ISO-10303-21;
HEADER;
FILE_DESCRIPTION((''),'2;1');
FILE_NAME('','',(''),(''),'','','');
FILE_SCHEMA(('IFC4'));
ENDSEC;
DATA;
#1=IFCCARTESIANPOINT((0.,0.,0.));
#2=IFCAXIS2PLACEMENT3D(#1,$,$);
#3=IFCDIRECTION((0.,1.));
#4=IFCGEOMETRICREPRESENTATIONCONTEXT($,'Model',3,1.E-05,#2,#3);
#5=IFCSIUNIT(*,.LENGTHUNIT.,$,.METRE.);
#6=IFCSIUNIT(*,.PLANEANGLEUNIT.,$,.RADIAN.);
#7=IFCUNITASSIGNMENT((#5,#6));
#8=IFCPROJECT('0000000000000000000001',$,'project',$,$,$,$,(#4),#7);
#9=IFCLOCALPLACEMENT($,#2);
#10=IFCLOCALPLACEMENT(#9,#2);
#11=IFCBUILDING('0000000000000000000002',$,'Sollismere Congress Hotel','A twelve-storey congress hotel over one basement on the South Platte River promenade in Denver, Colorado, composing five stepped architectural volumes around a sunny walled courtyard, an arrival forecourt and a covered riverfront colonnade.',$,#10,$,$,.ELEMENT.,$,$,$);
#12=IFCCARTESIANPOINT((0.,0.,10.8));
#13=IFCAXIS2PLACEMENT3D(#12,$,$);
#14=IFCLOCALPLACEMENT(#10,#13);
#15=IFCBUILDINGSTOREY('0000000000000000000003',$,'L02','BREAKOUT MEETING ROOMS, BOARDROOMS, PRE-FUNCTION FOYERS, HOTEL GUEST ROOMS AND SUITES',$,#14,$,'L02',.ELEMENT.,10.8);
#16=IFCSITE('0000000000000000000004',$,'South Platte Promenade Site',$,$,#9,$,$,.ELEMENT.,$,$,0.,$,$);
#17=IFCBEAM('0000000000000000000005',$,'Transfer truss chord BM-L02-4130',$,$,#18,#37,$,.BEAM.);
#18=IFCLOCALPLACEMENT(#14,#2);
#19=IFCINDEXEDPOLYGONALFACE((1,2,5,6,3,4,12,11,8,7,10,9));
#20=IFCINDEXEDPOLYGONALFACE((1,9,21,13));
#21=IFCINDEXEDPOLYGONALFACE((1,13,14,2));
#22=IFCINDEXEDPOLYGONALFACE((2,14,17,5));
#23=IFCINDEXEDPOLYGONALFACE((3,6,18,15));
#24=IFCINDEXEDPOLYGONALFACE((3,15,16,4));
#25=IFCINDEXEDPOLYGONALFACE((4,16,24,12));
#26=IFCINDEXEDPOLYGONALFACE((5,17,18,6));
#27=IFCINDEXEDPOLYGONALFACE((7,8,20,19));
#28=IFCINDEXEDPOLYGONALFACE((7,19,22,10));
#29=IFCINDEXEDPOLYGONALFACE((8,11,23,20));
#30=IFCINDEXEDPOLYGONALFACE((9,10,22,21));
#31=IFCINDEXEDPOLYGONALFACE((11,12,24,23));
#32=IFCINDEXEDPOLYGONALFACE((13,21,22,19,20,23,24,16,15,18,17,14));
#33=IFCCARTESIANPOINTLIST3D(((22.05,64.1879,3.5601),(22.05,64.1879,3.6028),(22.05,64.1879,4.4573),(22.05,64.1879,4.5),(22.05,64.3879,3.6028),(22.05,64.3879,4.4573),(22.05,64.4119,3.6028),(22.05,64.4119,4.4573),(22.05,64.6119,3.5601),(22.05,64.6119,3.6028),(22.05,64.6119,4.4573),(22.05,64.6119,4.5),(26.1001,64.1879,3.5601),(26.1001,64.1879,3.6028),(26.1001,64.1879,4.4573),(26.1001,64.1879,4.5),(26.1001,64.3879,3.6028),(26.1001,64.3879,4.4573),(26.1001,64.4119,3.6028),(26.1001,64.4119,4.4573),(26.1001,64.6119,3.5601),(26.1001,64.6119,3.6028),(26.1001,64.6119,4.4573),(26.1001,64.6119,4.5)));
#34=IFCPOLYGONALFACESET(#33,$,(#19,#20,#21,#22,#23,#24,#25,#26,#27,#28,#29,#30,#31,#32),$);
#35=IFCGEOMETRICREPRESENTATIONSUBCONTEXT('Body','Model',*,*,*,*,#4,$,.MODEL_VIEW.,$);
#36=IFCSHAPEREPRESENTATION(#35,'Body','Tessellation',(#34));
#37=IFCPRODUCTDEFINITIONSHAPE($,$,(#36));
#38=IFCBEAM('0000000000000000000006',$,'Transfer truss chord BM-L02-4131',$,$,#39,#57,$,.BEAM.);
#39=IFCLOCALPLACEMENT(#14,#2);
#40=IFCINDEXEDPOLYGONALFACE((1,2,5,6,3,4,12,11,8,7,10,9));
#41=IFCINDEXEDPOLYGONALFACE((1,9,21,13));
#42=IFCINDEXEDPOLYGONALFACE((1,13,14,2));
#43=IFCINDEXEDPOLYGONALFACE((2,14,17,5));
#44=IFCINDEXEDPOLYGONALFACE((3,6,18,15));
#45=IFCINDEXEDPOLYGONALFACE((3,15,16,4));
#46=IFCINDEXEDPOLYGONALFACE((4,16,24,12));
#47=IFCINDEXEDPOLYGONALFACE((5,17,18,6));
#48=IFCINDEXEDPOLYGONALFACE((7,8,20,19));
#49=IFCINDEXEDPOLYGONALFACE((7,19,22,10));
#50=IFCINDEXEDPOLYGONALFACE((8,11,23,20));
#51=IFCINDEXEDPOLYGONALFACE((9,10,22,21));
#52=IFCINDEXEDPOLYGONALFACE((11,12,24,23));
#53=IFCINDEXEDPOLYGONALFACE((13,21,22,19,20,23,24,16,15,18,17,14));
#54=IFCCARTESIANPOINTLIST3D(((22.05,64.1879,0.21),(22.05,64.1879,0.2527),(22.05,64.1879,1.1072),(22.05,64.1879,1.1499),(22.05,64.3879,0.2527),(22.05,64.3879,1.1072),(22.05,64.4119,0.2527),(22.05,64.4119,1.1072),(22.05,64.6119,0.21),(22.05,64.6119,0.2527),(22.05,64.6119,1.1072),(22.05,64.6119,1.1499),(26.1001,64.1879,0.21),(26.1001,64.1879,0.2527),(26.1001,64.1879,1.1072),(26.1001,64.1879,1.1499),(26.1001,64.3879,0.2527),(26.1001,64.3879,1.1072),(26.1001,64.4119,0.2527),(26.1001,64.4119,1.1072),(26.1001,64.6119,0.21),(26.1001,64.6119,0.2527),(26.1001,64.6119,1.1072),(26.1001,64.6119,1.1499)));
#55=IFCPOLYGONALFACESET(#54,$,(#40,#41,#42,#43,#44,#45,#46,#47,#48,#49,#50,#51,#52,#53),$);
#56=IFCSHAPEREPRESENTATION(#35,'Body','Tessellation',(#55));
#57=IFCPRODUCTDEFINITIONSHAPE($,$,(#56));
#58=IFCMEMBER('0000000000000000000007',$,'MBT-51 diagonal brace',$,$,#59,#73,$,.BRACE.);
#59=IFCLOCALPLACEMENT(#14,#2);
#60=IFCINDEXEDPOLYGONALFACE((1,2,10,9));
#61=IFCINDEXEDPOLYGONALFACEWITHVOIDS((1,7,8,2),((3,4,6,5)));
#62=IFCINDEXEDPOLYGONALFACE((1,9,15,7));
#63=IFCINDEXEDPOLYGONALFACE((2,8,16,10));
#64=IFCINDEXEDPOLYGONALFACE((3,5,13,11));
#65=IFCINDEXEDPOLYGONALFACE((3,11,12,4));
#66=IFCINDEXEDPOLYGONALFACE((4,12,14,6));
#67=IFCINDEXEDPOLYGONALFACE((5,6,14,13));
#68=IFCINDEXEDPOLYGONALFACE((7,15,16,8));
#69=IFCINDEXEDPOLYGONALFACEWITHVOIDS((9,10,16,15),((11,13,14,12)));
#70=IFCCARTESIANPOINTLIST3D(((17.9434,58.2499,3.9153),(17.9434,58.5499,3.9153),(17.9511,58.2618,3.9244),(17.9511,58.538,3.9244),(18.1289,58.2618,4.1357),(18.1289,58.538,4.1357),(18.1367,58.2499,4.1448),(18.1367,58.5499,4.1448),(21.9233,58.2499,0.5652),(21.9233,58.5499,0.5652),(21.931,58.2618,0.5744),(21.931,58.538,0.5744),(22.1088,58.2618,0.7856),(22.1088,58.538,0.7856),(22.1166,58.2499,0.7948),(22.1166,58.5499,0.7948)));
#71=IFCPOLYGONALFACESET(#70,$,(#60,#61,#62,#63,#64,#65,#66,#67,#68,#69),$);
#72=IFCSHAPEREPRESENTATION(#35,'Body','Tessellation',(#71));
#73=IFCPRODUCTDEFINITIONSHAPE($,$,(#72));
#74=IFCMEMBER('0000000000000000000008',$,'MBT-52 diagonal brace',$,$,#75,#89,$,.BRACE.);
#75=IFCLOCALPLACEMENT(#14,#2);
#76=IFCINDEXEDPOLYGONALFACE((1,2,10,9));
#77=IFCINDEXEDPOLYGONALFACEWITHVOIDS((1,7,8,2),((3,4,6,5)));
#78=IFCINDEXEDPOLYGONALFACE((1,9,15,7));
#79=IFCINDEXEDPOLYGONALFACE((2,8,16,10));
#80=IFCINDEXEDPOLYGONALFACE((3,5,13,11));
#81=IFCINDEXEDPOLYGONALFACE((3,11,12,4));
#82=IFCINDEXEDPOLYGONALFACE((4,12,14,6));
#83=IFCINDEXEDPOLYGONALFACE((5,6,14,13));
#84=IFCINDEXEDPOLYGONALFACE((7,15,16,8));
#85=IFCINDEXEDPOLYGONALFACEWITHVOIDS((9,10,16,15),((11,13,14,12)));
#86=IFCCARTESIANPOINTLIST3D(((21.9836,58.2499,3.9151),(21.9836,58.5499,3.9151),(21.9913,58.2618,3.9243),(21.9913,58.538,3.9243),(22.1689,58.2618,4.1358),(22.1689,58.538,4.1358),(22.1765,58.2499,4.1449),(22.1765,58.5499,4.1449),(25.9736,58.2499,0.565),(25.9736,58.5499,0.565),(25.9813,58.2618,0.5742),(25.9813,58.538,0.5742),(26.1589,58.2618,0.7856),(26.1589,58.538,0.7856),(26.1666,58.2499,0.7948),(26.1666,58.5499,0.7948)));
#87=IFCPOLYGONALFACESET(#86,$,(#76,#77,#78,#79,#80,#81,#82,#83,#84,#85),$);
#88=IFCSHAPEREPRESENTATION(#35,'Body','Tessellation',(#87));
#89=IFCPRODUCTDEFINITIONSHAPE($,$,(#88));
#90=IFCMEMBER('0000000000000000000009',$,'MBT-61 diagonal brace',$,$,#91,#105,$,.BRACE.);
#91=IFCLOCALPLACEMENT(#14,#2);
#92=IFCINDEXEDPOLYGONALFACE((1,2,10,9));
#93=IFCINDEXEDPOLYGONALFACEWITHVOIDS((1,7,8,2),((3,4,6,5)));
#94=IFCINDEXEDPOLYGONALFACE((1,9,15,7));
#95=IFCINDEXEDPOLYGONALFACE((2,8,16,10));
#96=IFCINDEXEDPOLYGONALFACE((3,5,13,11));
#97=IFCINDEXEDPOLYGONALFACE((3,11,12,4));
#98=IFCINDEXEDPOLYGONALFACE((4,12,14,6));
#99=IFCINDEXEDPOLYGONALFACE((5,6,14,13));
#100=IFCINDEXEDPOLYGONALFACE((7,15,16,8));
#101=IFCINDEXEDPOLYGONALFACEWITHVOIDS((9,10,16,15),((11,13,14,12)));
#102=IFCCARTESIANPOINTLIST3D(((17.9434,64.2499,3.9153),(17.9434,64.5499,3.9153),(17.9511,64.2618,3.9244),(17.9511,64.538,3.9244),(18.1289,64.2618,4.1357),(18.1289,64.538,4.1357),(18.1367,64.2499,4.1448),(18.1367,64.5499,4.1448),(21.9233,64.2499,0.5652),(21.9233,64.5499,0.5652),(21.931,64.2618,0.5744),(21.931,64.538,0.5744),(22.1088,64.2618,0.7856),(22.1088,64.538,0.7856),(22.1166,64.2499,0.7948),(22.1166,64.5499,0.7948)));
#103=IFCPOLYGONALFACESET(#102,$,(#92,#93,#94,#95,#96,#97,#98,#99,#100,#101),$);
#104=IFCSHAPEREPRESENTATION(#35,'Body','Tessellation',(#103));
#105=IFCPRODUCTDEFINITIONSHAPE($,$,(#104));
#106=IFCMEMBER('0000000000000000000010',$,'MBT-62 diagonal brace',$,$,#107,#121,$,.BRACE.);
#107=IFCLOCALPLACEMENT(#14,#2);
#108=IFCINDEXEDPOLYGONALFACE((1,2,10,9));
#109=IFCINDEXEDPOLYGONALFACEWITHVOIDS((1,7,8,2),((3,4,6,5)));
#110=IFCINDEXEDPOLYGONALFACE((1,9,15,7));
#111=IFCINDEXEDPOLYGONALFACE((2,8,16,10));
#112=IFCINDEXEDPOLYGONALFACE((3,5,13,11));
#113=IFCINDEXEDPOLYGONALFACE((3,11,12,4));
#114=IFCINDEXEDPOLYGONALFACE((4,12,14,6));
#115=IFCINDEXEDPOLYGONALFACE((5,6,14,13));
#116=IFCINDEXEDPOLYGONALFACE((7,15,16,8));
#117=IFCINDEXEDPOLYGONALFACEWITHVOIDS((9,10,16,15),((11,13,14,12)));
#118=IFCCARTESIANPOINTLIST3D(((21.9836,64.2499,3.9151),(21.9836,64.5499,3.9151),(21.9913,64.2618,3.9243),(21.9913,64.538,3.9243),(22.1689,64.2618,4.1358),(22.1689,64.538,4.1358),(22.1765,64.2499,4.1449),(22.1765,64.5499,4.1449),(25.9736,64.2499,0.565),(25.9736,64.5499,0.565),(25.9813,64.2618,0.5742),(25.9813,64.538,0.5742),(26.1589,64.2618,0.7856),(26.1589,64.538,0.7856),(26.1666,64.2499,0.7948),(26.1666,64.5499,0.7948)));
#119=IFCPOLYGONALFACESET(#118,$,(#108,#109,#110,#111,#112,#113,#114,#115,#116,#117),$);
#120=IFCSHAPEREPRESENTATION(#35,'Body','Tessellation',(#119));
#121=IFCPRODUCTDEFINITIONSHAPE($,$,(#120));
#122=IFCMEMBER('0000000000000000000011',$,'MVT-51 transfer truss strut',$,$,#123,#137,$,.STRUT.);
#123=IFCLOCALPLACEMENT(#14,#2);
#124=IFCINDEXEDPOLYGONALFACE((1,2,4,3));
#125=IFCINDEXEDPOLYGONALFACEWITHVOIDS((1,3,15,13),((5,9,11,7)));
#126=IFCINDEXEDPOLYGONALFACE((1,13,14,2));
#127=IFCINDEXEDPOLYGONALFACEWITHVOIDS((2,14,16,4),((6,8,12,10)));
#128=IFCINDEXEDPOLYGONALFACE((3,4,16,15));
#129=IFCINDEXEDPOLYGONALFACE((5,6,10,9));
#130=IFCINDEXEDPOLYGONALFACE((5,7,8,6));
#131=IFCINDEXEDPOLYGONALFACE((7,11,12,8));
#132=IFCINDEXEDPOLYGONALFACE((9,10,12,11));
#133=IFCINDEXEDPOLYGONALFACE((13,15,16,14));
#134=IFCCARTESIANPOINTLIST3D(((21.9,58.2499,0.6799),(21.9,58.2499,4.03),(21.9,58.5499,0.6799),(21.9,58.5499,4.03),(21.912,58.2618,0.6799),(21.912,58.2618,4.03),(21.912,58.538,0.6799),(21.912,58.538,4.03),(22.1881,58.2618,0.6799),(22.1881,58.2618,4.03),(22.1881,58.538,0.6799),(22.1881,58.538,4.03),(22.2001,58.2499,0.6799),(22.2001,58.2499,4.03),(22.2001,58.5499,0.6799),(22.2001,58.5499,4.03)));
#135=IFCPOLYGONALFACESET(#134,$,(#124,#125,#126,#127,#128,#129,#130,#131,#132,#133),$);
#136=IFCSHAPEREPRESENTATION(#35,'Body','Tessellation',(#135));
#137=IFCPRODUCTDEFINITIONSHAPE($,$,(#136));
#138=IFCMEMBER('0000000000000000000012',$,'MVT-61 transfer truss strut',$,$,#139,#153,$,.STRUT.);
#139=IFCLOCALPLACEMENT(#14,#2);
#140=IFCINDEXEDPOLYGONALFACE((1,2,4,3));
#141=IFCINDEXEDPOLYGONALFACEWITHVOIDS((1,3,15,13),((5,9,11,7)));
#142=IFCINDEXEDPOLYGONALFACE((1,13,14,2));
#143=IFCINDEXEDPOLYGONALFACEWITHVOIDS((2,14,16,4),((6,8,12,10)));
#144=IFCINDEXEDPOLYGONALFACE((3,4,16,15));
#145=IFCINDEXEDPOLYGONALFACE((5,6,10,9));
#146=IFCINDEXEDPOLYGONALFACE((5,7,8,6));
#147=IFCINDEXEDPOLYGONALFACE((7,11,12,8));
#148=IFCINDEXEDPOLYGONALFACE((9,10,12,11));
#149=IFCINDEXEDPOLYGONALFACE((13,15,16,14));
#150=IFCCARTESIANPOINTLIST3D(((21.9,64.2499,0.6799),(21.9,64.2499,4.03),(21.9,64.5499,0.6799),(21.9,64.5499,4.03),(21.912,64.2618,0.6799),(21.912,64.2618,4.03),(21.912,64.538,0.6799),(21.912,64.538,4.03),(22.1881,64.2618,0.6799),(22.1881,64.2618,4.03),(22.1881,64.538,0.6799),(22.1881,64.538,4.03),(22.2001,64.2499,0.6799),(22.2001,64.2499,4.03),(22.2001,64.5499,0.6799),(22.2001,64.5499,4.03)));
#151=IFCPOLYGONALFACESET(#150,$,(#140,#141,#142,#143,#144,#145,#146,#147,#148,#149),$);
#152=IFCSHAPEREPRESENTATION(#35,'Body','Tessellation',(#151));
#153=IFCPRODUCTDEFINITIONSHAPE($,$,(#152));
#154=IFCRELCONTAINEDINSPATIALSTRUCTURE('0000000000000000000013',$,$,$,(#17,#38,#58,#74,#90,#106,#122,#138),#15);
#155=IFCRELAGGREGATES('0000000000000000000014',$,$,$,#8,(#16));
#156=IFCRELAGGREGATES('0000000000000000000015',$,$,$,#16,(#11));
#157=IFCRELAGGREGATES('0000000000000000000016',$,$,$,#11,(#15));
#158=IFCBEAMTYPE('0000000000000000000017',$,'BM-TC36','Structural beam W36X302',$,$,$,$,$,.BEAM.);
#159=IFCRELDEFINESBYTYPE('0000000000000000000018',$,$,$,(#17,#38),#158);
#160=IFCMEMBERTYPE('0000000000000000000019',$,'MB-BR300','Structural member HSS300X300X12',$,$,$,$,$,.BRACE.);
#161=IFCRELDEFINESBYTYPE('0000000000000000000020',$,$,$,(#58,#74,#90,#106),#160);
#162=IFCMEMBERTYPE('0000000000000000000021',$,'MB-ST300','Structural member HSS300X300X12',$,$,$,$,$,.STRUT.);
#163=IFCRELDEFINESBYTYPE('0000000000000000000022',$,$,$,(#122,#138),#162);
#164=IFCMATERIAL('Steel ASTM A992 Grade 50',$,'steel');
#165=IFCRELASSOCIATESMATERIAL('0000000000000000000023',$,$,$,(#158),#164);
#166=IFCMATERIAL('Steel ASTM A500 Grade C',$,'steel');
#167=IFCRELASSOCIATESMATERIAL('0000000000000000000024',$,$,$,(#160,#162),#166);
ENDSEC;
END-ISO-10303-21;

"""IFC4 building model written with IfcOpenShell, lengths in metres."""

from ifc_helpers import new_model, si_unit, direction, frame, origin, origin_2d, place, context, subcontext, project, spatial, hollow_rectangle, i_section, extrude, material, material_profile, profile_set, type_object, element, save


model = new_model("IFC4")

# Units and contexts
model_context = context("Model", 3, precision=1e-05, world=origin(), true_north=direction((0.0, 1.0)))
body_context = subcontext(model_context, "Body", "Model", "MODEL_VIEW")
ifc_project = project(units=[si_unit("LENGTHUNIT", "METRE"), si_unit("PLANEANGLEUNIT", "RADIAN")], contexts=[model_context])

# Site, building, storey
site_placement = place(None, origin())
site = spatial("IfcSite", under=ifc_project, at=site_placement, Name="South Platte Promenade Site", CompositionType="ELEMENT", RefElevation=0.0)
building_placement = place(site_placement, origin())
building = spatial("IfcBuilding", under=site, at=building_placement, Name="Sollismere Congress Hotel", Description="A twelve-storey congress hotel over one basement on the South Platte River promenade in Denver, Colorado, composing five stepped architectural volumes around a sunny walled courtyard, an arrival forecourt and a covered riverfront colonnade.", CompositionType="ELEMENT")
storey_placement = place(building_placement, frame((0.0, 0.0, 10.8)))
storey = spatial("IfcBuildingStorey", under=building, at=storey_placement, Name="L02", Description="BREAKOUT MEETING ROOMS, BOARDROOMS, PRE-FUNCTION FOYERS, HOTEL GUEST ROOMS AND SUITES", LongName="L02", CompositionType="ELEMENT", Elevation=10.8)

# Shared definitions
ifc_material_1 = material(Name="Steel ASTM A500 Grade C", Category="steel")
ifc_material_2 = material(Name="Steel ASTM A992 Grade 50", Category="steel")

# Beams
ifc_material_profile_1 = material_profile(ifc_material_2, i_section(OverallWidth=0.4241, OverallDepth=0.9399, WebThickness=0.0239, FlangeThickness=0.0427, at=origin_2d()), Name="W36X302")
ifc_profile_set_1 = profile_set([ifc_material_profile_1], Name="Steel ASTM A992 Grade 50")
beam_type_1 = type_object("IfcBeamType", Name="BM-TC36", Description="Structural beam W36X302", PredefinedType="BEAM", material=ifc_profile_set_1)
for number, where, z_axis, x_axis, name in (
    (1, (22.05, 64.3999, 4.03), (1.0, 0.0, 0.0), (0.0, 1.0, 0.0), "Transfer truss chord BM-L02-4130"),
    (2, (22.05, 64.3999, 0.6799), (1.0, 0.0, 0.0), (0.0, 1.0, 0.0), "Transfer truss chord BM-L02-4131"),
):
    element("IfcBeam", number, at=place(storey_placement, frame(where, z_axis=z_axis, x_axis=x_axis)), inside=storey, type_object=beam_type_1, Name=name, PredefinedType="BEAM", context=body_context, shape_type="SweptSolid", body=[
        extrude(i_section(OverallWidth=0.4241, OverallDepth=0.9399, WebThickness=0.0239, FlangeThickness=0.0427, at=origin_2d()), origin(), (0.0, 0.0, 1.0), 4.05),
    ])

# Members
ifc_material_profile_2 = material_profile(ifc_material_1, hollow_rectangle(XDim=0.3, YDim=0.3, WallThickness=0.012, at=origin_2d()), Name="HSS300X300X12")
ifc_profile_set_2 = profile_set([ifc_material_profile_2], Name="Steel ASTM A500 Grade C")
member_type_1 = type_object("IfcMemberType", Name="MB-BR300", Description="Structural member HSS300X300X12", PredefinedType="BRACE", material=ifc_profile_set_2)
member_1_placement = place(storey_placement, frame((18.04, 58.3999, 4.03), z_axis=(0.76505, 0.0, -0.643971), x_axis=(0.0, 1.0, 0.0)))
element("IfcMember", 3, at=member_1_placement, inside=storey, type_object=member_type_1, Name="MBT-51 diagonal brace", PredefinedType="BRACE", context=body_context, shape_type="SweptSolid", body=[
    extrude(hollow_rectangle(XDim=0.3, YDim=0.3, WallThickness=0.012, at=origin_2d()), origin(), (0.0, 0.0, 1.0), 5.2021),
])
member_2_placement = place(storey_placement, frame((22.0801, 58.3999, 4.03), z_axis=(0.765846, 0.0, -0.643024), x_axis=(0.0, 1.0, 0.0)))
element("IfcMember", 4, at=member_2_placement, inside=storey, type_object=member_type_1, Name="MBT-52 diagonal brace", PredefinedType="BRACE", context=body_context, shape_type="SweptSolid", body=[
    extrude(hollow_rectangle(XDim=0.3, YDim=0.3, WallThickness=0.012, at=origin_2d()), origin(), (0.0, 0.0, 1.0), 5.21),
])
member_3_placement = place(storey_placement, frame((18.04, 64.3999, 4.03), z_axis=(0.76505, 0.0, -0.643971), x_axis=(0.0, 1.0, 0.0)))
element("IfcMember", 5, at=member_3_placement, inside=storey, type_object=member_type_1, Name="MBT-61 diagonal brace", PredefinedType="BRACE", context=body_context, shape_type="SweptSolid", body=[
    extrude(hollow_rectangle(XDim=0.3, YDim=0.3, WallThickness=0.012, at=origin_2d()), origin(), (0.0, 0.0, 1.0), 5.2021),
])
member_4_placement = place(storey_placement, frame((22.0801, 64.3999, 4.03), z_axis=(0.765846, 0.0, -0.643024), x_axis=(0.0, 1.0, 0.0)))
element("IfcMember", 6, at=member_4_placement, inside=storey, type_object=member_type_1, Name="MBT-62 diagonal brace", PredefinedType="BRACE", context=body_context, shape_type="SweptSolid", body=[
    extrude(hollow_rectangle(XDim=0.3, YDim=0.3, WallThickness=0.012, at=origin_2d()), origin(), (0.0, 0.0, 1.0), 5.21),
])
ifc_material_profile_3 = material_profile(ifc_material_1, hollow_rectangle(XDim=0.3, YDim=0.3, WallThickness=0.012, at=origin_2d()), Name="HSS300X300X12")
ifc_profile_set_3 = profile_set([ifc_material_profile_3], Name="Steel ASTM A500 Grade C")
member_type_2 = type_object("IfcMemberType", Name="MB-ST300", Description="Structural member HSS300X300X12", PredefinedType="STRUT", material=ifc_profile_set_3)
for number, where, z_axis, x_axis, name in (
    (7, (22.05, 58.3999, 0.6799), (0.0, 0.0, 1.0), (1.0, 0.0, 0.0), "MVT-51 transfer truss strut"),
    (8, (22.05, 64.3999, 0.6799), (0.0, 0.0, 1.0), (1.0, 0.0, 0.0), "MVT-61 transfer truss strut"),
):
    element("IfcMember", number, at=place(storey_placement, frame(where, z_axis=z_axis, x_axis=x_axis)), inside=storey, type_object=member_type_2, Name=name, PredefinedType="STRUT", context=body_context, shape_type="SweptSolid", body=[
        extrude(hollow_rectangle(XDim=0.3, YDim=0.3, WallThickness=0.012, at=origin_2d()), origin(), (0.0, 0.0, 1.0), 3.3501),
    ])

save(model, "model.ifc")
